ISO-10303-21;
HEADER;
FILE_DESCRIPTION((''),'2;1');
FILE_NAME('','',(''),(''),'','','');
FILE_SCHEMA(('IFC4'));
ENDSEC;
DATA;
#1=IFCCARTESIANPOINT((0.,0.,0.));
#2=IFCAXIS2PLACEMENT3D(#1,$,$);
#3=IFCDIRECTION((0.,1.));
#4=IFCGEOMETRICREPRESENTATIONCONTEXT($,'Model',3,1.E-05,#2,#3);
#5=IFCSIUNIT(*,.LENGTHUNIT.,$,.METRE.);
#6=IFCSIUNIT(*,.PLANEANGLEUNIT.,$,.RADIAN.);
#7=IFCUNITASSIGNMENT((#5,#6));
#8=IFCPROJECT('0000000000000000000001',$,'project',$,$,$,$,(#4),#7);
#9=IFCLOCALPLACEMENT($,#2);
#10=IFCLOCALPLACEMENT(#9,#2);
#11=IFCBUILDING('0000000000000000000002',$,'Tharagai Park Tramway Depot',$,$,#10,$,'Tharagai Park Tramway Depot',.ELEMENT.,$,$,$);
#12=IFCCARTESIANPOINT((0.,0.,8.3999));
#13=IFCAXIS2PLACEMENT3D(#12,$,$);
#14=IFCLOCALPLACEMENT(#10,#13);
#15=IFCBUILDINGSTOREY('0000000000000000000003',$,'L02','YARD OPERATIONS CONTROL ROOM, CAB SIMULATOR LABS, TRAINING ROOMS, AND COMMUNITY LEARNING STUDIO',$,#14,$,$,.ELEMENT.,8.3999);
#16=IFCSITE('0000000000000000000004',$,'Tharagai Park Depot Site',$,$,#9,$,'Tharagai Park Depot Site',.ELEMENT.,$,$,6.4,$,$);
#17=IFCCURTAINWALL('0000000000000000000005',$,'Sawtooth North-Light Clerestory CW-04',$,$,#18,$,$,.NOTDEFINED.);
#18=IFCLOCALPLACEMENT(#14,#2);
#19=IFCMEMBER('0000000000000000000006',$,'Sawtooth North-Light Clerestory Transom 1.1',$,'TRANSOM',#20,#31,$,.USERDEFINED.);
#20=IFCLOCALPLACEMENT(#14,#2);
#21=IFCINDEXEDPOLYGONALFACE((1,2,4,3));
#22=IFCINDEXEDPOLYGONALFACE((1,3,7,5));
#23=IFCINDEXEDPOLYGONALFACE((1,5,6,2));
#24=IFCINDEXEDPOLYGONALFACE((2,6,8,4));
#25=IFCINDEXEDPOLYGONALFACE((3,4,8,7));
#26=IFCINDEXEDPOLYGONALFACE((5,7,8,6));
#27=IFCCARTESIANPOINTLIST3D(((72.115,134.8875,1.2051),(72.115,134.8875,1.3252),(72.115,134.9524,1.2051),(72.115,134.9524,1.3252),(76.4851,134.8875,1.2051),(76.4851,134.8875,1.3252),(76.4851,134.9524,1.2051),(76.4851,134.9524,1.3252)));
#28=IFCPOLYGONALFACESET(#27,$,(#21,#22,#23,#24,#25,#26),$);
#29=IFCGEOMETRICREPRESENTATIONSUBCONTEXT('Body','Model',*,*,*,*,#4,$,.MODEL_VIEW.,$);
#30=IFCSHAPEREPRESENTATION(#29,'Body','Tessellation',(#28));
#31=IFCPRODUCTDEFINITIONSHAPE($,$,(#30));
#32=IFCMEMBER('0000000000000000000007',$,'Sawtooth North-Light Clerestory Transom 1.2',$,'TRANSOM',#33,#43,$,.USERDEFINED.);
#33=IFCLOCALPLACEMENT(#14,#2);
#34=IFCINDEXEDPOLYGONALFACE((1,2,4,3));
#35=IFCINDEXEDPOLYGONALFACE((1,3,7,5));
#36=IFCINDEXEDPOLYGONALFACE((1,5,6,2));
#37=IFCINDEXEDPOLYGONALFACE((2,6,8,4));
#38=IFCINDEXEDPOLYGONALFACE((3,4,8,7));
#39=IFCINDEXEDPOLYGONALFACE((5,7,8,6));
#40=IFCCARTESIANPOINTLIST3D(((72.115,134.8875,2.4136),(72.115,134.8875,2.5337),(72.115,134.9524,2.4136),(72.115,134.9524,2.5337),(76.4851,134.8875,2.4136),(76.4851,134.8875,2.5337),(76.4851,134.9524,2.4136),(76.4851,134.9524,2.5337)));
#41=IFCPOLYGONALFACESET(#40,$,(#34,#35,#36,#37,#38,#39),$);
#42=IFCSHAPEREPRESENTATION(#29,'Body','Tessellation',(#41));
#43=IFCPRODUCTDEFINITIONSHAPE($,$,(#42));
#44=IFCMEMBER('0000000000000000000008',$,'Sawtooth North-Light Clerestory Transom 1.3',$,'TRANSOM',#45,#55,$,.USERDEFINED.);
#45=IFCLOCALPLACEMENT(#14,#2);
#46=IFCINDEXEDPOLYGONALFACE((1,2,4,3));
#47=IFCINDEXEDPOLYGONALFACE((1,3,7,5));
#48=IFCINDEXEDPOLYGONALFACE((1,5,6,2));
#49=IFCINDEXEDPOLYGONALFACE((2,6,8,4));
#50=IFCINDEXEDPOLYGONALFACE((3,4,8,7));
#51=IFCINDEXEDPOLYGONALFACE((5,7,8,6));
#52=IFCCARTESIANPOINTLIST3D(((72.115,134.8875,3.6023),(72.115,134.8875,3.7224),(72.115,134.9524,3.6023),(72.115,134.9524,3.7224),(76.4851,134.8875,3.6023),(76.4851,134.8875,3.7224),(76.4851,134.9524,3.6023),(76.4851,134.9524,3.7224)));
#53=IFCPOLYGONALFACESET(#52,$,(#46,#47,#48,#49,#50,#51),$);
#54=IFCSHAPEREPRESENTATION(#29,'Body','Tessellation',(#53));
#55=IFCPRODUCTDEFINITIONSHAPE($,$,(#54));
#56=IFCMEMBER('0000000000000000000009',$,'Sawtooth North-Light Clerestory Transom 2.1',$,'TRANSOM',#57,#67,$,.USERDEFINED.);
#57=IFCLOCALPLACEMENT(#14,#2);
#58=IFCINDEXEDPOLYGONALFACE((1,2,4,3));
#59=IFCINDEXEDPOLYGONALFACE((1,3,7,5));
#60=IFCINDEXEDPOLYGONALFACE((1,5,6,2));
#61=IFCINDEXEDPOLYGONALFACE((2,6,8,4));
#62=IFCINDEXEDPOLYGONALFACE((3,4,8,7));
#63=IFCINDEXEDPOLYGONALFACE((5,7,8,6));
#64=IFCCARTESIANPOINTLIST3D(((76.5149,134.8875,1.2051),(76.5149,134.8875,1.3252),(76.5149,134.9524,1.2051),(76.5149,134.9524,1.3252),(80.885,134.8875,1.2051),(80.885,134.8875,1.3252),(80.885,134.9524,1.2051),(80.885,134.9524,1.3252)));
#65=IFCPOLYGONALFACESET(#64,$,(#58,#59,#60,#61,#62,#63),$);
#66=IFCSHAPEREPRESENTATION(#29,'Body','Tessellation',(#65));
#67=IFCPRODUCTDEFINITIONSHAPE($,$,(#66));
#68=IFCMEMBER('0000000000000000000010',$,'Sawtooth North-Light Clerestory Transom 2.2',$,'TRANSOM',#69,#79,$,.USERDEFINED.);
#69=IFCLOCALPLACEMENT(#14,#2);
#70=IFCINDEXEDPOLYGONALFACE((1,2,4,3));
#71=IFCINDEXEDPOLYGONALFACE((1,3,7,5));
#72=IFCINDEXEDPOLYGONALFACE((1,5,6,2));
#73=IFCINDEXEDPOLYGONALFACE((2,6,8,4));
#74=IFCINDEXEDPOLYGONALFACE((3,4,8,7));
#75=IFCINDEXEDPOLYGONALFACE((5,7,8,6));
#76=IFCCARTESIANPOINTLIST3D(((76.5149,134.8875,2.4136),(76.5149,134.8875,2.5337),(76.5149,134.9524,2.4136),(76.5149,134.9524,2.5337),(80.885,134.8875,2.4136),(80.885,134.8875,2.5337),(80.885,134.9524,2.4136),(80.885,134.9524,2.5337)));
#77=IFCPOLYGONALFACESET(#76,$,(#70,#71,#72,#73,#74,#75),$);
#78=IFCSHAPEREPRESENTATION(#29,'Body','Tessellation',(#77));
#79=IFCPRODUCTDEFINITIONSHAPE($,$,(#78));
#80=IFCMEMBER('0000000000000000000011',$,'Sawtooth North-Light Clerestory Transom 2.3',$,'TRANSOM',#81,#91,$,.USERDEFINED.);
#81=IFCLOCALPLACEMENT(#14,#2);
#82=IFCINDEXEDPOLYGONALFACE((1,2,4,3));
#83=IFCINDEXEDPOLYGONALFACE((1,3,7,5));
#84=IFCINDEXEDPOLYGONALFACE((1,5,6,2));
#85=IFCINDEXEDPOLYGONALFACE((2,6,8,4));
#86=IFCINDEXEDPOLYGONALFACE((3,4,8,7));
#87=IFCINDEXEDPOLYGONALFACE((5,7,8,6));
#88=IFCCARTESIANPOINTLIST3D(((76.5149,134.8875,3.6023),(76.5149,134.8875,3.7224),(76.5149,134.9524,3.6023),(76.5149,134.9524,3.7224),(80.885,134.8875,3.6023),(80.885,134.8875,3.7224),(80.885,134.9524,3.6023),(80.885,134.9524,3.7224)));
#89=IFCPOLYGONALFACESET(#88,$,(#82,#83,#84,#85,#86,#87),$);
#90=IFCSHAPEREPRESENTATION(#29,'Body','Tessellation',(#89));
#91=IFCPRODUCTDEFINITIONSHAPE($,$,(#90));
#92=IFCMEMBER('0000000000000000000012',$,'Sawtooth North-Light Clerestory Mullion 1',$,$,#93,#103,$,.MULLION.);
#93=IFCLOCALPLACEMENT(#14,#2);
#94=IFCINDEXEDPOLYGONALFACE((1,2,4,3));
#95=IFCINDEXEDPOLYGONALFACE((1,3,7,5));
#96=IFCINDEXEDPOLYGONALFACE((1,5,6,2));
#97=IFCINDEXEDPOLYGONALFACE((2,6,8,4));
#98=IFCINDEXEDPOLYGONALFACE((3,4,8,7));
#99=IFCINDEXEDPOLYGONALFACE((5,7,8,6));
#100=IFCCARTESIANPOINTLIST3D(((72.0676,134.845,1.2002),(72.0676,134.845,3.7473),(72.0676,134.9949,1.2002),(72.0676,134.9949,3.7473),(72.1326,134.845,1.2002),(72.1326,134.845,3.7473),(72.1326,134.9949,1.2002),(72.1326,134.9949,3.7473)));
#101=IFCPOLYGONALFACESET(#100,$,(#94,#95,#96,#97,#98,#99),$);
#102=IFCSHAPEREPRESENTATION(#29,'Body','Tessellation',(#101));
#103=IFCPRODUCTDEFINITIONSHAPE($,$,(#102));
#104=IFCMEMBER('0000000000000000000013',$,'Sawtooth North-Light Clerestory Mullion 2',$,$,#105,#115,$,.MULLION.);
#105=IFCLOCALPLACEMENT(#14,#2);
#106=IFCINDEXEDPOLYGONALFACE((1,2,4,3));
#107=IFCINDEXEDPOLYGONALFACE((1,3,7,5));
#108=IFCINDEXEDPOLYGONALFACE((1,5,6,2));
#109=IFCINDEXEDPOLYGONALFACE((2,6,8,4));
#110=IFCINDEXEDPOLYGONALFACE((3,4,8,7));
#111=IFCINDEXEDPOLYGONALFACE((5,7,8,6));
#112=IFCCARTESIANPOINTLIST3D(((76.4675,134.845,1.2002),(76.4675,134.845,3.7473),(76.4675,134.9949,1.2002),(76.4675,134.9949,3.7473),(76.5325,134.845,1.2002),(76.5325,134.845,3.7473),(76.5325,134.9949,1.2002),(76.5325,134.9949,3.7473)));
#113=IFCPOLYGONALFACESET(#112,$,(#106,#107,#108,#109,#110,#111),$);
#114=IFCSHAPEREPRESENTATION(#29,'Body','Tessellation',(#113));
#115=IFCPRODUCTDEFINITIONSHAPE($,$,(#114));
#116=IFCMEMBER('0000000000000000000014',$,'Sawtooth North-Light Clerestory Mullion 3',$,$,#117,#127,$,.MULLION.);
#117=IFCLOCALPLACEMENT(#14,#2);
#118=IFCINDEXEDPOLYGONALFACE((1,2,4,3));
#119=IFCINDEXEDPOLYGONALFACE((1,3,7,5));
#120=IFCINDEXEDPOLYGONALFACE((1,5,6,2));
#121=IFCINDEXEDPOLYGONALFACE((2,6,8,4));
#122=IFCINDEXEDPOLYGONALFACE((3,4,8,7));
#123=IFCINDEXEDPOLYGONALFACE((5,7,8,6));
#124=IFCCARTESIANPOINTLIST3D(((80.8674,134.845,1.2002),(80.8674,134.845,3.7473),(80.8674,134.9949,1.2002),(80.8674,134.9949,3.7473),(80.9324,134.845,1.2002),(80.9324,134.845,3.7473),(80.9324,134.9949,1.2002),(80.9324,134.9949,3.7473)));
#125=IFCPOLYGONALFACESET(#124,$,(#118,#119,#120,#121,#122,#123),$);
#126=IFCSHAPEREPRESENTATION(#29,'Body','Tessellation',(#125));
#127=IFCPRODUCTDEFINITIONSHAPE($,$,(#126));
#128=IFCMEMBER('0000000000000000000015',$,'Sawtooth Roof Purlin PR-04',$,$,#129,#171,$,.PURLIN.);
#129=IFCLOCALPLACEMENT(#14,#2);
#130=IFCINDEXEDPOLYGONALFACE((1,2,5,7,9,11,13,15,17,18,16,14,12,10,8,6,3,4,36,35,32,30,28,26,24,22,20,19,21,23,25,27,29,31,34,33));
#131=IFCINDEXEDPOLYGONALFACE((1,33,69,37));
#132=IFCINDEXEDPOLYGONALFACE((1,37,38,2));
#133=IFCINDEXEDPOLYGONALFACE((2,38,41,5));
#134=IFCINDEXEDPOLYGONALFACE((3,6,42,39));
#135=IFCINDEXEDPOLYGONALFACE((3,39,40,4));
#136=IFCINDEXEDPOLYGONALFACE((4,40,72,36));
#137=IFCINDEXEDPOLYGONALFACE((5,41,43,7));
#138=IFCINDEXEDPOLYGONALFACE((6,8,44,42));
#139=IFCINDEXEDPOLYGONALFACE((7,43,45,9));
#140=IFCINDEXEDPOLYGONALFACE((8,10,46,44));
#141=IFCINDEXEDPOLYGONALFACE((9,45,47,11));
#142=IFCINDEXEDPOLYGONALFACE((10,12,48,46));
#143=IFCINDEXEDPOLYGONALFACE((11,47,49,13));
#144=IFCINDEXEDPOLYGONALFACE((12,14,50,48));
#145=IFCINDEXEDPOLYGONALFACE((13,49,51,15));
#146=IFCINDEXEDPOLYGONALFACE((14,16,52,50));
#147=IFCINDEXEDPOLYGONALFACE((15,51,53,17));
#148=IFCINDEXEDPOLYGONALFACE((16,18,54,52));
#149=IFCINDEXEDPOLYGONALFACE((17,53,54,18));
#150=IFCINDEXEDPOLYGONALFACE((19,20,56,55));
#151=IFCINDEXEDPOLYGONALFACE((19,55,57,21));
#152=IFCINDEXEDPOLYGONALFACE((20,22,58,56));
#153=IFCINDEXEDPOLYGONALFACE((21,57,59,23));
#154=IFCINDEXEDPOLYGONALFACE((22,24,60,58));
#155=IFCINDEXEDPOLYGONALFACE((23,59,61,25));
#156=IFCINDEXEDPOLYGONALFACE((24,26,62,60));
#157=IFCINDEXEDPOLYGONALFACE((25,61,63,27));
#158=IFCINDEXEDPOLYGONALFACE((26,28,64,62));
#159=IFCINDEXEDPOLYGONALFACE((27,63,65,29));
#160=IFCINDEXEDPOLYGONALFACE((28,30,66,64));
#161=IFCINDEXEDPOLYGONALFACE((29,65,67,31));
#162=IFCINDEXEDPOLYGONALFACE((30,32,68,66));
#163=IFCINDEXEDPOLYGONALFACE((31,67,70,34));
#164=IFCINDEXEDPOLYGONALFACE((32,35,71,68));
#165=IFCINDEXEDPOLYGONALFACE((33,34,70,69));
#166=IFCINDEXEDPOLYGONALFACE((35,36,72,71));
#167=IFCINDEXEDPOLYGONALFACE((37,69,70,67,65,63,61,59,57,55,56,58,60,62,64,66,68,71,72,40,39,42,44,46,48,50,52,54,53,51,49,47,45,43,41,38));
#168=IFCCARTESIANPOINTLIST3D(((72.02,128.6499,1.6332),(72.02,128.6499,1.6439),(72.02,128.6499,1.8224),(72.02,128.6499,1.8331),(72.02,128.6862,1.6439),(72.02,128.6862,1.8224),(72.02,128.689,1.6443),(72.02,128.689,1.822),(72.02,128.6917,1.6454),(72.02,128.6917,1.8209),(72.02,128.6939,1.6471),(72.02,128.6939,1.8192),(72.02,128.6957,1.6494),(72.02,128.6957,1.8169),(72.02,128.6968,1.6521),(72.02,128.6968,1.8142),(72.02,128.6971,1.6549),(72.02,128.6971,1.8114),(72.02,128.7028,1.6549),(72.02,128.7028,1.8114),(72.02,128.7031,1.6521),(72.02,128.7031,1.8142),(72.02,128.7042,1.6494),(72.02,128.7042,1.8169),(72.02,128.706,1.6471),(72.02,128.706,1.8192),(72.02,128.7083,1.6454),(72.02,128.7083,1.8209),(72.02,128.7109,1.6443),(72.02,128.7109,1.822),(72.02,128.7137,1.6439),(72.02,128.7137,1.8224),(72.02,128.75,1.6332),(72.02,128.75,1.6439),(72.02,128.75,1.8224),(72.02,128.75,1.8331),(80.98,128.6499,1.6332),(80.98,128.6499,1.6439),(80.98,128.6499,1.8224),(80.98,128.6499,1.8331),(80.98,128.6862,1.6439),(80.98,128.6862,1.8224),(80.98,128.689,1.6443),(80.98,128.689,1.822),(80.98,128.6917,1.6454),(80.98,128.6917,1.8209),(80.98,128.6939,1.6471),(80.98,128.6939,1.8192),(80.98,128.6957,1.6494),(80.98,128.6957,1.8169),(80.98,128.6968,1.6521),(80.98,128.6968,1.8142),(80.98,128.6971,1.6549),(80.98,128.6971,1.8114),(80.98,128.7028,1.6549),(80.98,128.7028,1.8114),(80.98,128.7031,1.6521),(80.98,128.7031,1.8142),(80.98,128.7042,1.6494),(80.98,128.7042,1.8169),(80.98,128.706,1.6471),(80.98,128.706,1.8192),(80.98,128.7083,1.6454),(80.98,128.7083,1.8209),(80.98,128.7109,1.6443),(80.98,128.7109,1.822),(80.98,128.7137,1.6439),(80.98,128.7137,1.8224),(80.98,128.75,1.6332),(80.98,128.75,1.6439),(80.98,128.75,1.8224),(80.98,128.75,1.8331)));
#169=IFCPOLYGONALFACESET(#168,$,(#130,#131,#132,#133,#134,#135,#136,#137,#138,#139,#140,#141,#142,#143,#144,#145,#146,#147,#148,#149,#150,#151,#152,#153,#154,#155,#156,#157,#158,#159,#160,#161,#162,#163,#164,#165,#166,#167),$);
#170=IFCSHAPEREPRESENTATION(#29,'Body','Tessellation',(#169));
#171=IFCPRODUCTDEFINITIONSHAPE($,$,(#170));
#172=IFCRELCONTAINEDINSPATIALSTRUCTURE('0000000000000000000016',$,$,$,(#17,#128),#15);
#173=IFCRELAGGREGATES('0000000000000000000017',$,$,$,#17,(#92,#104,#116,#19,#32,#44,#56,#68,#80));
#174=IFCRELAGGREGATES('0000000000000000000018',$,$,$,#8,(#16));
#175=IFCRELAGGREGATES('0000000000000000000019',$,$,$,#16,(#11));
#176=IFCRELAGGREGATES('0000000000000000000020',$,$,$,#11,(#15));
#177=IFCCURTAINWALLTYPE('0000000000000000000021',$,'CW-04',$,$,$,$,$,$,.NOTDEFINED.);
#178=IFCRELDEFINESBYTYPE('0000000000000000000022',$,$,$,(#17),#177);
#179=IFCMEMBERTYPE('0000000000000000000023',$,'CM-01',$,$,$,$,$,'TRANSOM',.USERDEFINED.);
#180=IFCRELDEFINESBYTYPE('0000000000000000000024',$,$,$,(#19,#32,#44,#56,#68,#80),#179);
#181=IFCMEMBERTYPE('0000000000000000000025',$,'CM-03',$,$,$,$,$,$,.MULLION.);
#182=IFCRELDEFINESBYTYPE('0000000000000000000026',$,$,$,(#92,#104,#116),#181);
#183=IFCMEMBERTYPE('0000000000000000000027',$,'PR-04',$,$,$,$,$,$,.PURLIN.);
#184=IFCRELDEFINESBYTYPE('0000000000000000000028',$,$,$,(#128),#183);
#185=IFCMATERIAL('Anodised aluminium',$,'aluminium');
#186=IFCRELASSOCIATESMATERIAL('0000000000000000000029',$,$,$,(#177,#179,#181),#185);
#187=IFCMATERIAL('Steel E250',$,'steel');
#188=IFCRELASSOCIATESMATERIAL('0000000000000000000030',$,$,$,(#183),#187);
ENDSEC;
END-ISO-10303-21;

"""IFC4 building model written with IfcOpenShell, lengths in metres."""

from ifc_helpers import new_model, si_unit, direction, frame, origin, origin_2d, place, context, subcontext, project, spatial, rectangle, i_section, extrude, material, material_profile, profile_set, type_object, element, aggregate, save


model = new_model("IFC4")

# Units and contexts
model_context = context("Model", 3, precision=1e-05, world=origin(), true_north=direction((0.0, 1.0)))
body_context = subcontext(model_context, "Body", "Model", "MODEL_VIEW")
ifc_project = project(units=[si_unit("LENGTHUNIT", "METRE"), si_unit("PLANEANGLEUNIT", "RADIAN")], contexts=[model_context])

# Site, building, storey
site_placement = place(None, origin())
site = spatial("IfcSite", under=ifc_project, at=site_placement, Name="Tharagai Park Depot Site", LongName="Tharagai Park Depot Site", CompositionType="ELEMENT", RefElevation=6.4)
building_placement = place(site_placement, origin())
building = spatial("IfcBuilding", under=site, at=building_placement, Name="Tharagai Park Tramway Depot", LongName="Tharagai Park Tramway Depot", CompositionType="ELEMENT")
storey_placement = place(building_placement, frame((0.0, 0.0, 8.3999)))
storey = spatial("IfcBuildingStorey", under=building, at=storey_placement, Name="L02", Description="YARD OPERATIONS CONTROL ROOM, CAB SIMULATOR LABS, TRAINING ROOMS, AND COMMUNITY LEARNING STUDIO", CompositionType="ELEMENT", Elevation=8.3999)

# Curtain wall, members
ifc_material_1 = material(Name="Anodised aluminium", Category="aluminium")
curtain_wall_type = type_object("IfcCurtainWallType", Name="CW-04", PredefinedType="NOTDEFINED", material=ifc_material_1)
curtain_wall_placement = place(storey_placement, origin())
curtain_wall = element("IfcCurtainWall", 1, at=curtain_wall_placement, inside=storey, type_object=curtain_wall_type, Name="Sawtooth North-Light Clerestory CW-04", PredefinedType="NOTDEFINED")
ifc_material_profile_1 = material_profile(ifc_material_1, rectangle(XDim=0.0649, YDim=0.1201, at=origin_2d()), Name="ALU 65x120")
ifc_profile_set_1 = profile_set([ifc_material_profile_1], Name="Anodised aluminium")
member_type_1 = type_object("IfcMemberType", Name="CM-01", ElementType="TRANSOM", PredefinedType="USERDEFINED", material=ifc_profile_set_1)
member_1_placement = place(storey_placement, frame((72.115, 134.9199, 1.2651), z_axis=(1.0, 0.0, 0.0), x_axis=(0.0, 1.0, 0.0)))
member_1 = element("IfcMember", 2, at=member_1_placement, type_object=member_type_1, Name="Sawtooth North-Light Clerestory Transom 1.1", ObjectType="TRANSOM", PredefinedType="USERDEFINED", context=body_context, shape_type="SweptSolid", body=[
    extrude(rectangle(XDim=0.0649, YDim=0.1201, at=origin_2d()), origin(), (0.0, 0.0, 1.0), 4.3701),
])
member_2_placement = place(storey_placement, frame((72.115, 134.9199, 2.4736), z_axis=(1.0, 0.0, 0.0), x_axis=(0.0, 1.0, 0.0)))
member_2 = element("IfcMember", 3, at=member_2_placement, type_object=member_type_1, Name="Sawtooth North-Light Clerestory Transom 1.2", ObjectType="TRANSOM", PredefinedType="USERDEFINED", context=body_context, shape_type="SweptSolid", body=[
    extrude(rectangle(XDim=0.0649, YDim=0.1201, at=origin_2d()), origin(), (0.0, 0.0, 1.0), 4.3701),
])
member_3_placement = place(storey_placement, frame((72.115, 134.9199, 3.6624), z_axis=(1.0, 0.0, 0.0), x_axis=(0.0, 1.0, 0.0)))
member_3 = element("IfcMember", 4, at=member_3_placement, type_object=member_type_1, Name="Sawtooth North-Light Clerestory Transom 1.3", ObjectType="TRANSOM", PredefinedType="USERDEFINED", context=body_context, shape_type="SweptSolid", body=[
    extrude(rectangle(XDim=0.0649, YDim=0.1201, at=origin_2d()), origin(), (0.0, 0.0, 1.0), 4.3701),
])
member_4_placement = place(storey_placement, frame((76.5149, 134.9199, 1.2651), z_axis=(1.0, 0.0, 0.0), x_axis=(0.0, 1.0, 0.0)))
member_4 = element("IfcMember", 5, at=member_4_placement, type_object=member_type_1, Name="Sawtooth North-Light Clerestory Transom 2.1", ObjectType="TRANSOM", PredefinedType="USERDEFINED", context=body_context, shape_type="SweptSolid", body=[
    extrude(rectangle(XDim=0.0649, YDim=0.1201, at=origin_2d()), origin(), (0.0, 0.0, 1.0), 4.3701),
])
member_5_placement = place(storey_placement, frame((76.5149, 134.9199, 2.4736), z_axis=(1.0, 0.0, 0.0), x_axis=(0.0, 1.0, 0.0)))
member_5 = element("IfcMember", 6, at=member_5_placement, type_object=member_type_1, Name="Sawtooth North-Light Clerestory Transom 2.2", ObjectType="TRANSOM", PredefinedType="USERDEFINED", context=body_context, shape_type="SweptSolid", body=[
    extrude(rectangle(XDim=0.0649, YDim=0.1201, at=origin_2d()), origin(), (0.0, 0.0, 1.0), 4.3701),
])
member_6_placement = place(storey_placement, frame((76.5149, 134.9199, 3.6624), z_axis=(1.0, 0.0, 0.0), x_axis=(0.0, 1.0, 0.0)))
member_6 = element("IfcMember", 7, at=member_6_placement, type_object=member_type_1, Name="Sawtooth North-Light Clerestory Transom 2.3", ObjectType="TRANSOM", PredefinedType="USERDEFINED", context=body_context, shape_type="SweptSolid", body=[
    extrude(rectangle(XDim=0.0649, YDim=0.1201, at=origin_2d()), origin(), (0.0, 0.0, 1.0), 4.3701),
])
ifc_material_profile_2 = material_profile(ifc_material_1, rectangle(XDim=0.0649, YDim=0.1499, at=origin_2d()), Name="ALU 65x150")
ifc_profile_set_2 = profile_set([ifc_material_profile_2], Name="Anodised aluminium")
member_type_2 = type_object("IfcMemberType", Name="CM-03", PredefinedType="MULLION", material=ifc_profile_set_2)
member_7_placement = place(storey_placement, frame((72.1001, 134.9199, 1.2002), z_axis=(0.0, 0.0, 1.0), x_axis=(1.0, 0.0, 0.0)))
member_7 = element("IfcMember", 8, at=member_7_placement, type_object=member_type_2, Name="Sawtooth North-Light Clerestory Mullion 1", PredefinedType="MULLION", context=body_context, shape_type="SweptSolid", body=[
    extrude(rectangle(XDim=0.0649, YDim=0.1499, at=origin_2d()), origin(), (0.0, 0.0, 1.0), 2.5471),
])
member_8_placement = place(storey_placement, frame((76.5, 134.9199, 1.2002), z_axis=(0.0, 0.0, 1.0), x_axis=(1.0, 0.0, 0.0)))
member_8 = element("IfcMember", 9, at=member_8_placement, type_object=member_type_2, Name="Sawtooth North-Light Clerestory Mullion 2", PredefinedType="MULLION", context=body_context, shape_type="SweptSolid", body=[
    extrude(rectangle(XDim=0.0649, YDim=0.1499, at=origin_2d()), origin(), (0.0, 0.0, 1.0), 2.5471),
])
member_9_placement = place(storey_placement, frame((80.8999, 134.9199, 1.2002), z_axis=(0.0, 0.0, 1.0), x_axis=(1.0, 0.0, 0.0)))
member_9 = element("IfcMember", 10, at=member_9_placement, type_object=member_type_2, Name="Sawtooth North-Light Clerestory Mullion 3", PredefinedType="MULLION", context=body_context, shape_type="SweptSolid", body=[
    extrude(rectangle(XDim=0.0649, YDim=0.1499, at=origin_2d()), origin(), (0.0, 0.0, 1.0), 2.5471),
])

# Member
ifc_material_2 = material(Name="Steel E250", Category="steel")
ifc_material_profile_3 = material_profile(ifc_material_2, i_section(OverallWidth=0.1001, OverallDepth=0.2, WebThickness=0.0056, FlangeThickness=0.0107, FilletRadius=0.011, at=origin_2d()), Name="ISMB 200")
ifc_profile_set_3 = profile_set([ifc_material_profile_3], Name="Steel E250")
member_type_3 = type_object("IfcMemberType", Name="PR-04", PredefinedType="PURLIN", material=ifc_profile_set_3)
for number, where, z_axis, x_axis, name in (
    (11, (72.02, 128.7, 1.7332), (1.0, 0.0, 0.0), (0.0, 1.0, 0.0), "Sawtooth Roof Purlin PR-04"),
):
    element("IfcMember", number, at=place(storey_placement, frame(where, z_axis=z_axis, x_axis=x_axis)), inside=storey, type_object=member_type_3, Name=name, PredefinedType="PURLIN", context=body_context, shape_type="SweptSolid", body=[
        extrude(i_section(OverallWidth=0.1001, OverallDepth=0.2, WebThickness=0.0056, FlangeThickness=0.0107, FilletRadius=0.011, at=origin_2d()), origin(), (0.0, 0.0, 1.0), 8.96),
    ])

aggregate(curtain_wall, [member_7, member_8, member_9, member_1, member_2, member_3, member_4, member_5, member_6])

save(model, "model.ifc")
